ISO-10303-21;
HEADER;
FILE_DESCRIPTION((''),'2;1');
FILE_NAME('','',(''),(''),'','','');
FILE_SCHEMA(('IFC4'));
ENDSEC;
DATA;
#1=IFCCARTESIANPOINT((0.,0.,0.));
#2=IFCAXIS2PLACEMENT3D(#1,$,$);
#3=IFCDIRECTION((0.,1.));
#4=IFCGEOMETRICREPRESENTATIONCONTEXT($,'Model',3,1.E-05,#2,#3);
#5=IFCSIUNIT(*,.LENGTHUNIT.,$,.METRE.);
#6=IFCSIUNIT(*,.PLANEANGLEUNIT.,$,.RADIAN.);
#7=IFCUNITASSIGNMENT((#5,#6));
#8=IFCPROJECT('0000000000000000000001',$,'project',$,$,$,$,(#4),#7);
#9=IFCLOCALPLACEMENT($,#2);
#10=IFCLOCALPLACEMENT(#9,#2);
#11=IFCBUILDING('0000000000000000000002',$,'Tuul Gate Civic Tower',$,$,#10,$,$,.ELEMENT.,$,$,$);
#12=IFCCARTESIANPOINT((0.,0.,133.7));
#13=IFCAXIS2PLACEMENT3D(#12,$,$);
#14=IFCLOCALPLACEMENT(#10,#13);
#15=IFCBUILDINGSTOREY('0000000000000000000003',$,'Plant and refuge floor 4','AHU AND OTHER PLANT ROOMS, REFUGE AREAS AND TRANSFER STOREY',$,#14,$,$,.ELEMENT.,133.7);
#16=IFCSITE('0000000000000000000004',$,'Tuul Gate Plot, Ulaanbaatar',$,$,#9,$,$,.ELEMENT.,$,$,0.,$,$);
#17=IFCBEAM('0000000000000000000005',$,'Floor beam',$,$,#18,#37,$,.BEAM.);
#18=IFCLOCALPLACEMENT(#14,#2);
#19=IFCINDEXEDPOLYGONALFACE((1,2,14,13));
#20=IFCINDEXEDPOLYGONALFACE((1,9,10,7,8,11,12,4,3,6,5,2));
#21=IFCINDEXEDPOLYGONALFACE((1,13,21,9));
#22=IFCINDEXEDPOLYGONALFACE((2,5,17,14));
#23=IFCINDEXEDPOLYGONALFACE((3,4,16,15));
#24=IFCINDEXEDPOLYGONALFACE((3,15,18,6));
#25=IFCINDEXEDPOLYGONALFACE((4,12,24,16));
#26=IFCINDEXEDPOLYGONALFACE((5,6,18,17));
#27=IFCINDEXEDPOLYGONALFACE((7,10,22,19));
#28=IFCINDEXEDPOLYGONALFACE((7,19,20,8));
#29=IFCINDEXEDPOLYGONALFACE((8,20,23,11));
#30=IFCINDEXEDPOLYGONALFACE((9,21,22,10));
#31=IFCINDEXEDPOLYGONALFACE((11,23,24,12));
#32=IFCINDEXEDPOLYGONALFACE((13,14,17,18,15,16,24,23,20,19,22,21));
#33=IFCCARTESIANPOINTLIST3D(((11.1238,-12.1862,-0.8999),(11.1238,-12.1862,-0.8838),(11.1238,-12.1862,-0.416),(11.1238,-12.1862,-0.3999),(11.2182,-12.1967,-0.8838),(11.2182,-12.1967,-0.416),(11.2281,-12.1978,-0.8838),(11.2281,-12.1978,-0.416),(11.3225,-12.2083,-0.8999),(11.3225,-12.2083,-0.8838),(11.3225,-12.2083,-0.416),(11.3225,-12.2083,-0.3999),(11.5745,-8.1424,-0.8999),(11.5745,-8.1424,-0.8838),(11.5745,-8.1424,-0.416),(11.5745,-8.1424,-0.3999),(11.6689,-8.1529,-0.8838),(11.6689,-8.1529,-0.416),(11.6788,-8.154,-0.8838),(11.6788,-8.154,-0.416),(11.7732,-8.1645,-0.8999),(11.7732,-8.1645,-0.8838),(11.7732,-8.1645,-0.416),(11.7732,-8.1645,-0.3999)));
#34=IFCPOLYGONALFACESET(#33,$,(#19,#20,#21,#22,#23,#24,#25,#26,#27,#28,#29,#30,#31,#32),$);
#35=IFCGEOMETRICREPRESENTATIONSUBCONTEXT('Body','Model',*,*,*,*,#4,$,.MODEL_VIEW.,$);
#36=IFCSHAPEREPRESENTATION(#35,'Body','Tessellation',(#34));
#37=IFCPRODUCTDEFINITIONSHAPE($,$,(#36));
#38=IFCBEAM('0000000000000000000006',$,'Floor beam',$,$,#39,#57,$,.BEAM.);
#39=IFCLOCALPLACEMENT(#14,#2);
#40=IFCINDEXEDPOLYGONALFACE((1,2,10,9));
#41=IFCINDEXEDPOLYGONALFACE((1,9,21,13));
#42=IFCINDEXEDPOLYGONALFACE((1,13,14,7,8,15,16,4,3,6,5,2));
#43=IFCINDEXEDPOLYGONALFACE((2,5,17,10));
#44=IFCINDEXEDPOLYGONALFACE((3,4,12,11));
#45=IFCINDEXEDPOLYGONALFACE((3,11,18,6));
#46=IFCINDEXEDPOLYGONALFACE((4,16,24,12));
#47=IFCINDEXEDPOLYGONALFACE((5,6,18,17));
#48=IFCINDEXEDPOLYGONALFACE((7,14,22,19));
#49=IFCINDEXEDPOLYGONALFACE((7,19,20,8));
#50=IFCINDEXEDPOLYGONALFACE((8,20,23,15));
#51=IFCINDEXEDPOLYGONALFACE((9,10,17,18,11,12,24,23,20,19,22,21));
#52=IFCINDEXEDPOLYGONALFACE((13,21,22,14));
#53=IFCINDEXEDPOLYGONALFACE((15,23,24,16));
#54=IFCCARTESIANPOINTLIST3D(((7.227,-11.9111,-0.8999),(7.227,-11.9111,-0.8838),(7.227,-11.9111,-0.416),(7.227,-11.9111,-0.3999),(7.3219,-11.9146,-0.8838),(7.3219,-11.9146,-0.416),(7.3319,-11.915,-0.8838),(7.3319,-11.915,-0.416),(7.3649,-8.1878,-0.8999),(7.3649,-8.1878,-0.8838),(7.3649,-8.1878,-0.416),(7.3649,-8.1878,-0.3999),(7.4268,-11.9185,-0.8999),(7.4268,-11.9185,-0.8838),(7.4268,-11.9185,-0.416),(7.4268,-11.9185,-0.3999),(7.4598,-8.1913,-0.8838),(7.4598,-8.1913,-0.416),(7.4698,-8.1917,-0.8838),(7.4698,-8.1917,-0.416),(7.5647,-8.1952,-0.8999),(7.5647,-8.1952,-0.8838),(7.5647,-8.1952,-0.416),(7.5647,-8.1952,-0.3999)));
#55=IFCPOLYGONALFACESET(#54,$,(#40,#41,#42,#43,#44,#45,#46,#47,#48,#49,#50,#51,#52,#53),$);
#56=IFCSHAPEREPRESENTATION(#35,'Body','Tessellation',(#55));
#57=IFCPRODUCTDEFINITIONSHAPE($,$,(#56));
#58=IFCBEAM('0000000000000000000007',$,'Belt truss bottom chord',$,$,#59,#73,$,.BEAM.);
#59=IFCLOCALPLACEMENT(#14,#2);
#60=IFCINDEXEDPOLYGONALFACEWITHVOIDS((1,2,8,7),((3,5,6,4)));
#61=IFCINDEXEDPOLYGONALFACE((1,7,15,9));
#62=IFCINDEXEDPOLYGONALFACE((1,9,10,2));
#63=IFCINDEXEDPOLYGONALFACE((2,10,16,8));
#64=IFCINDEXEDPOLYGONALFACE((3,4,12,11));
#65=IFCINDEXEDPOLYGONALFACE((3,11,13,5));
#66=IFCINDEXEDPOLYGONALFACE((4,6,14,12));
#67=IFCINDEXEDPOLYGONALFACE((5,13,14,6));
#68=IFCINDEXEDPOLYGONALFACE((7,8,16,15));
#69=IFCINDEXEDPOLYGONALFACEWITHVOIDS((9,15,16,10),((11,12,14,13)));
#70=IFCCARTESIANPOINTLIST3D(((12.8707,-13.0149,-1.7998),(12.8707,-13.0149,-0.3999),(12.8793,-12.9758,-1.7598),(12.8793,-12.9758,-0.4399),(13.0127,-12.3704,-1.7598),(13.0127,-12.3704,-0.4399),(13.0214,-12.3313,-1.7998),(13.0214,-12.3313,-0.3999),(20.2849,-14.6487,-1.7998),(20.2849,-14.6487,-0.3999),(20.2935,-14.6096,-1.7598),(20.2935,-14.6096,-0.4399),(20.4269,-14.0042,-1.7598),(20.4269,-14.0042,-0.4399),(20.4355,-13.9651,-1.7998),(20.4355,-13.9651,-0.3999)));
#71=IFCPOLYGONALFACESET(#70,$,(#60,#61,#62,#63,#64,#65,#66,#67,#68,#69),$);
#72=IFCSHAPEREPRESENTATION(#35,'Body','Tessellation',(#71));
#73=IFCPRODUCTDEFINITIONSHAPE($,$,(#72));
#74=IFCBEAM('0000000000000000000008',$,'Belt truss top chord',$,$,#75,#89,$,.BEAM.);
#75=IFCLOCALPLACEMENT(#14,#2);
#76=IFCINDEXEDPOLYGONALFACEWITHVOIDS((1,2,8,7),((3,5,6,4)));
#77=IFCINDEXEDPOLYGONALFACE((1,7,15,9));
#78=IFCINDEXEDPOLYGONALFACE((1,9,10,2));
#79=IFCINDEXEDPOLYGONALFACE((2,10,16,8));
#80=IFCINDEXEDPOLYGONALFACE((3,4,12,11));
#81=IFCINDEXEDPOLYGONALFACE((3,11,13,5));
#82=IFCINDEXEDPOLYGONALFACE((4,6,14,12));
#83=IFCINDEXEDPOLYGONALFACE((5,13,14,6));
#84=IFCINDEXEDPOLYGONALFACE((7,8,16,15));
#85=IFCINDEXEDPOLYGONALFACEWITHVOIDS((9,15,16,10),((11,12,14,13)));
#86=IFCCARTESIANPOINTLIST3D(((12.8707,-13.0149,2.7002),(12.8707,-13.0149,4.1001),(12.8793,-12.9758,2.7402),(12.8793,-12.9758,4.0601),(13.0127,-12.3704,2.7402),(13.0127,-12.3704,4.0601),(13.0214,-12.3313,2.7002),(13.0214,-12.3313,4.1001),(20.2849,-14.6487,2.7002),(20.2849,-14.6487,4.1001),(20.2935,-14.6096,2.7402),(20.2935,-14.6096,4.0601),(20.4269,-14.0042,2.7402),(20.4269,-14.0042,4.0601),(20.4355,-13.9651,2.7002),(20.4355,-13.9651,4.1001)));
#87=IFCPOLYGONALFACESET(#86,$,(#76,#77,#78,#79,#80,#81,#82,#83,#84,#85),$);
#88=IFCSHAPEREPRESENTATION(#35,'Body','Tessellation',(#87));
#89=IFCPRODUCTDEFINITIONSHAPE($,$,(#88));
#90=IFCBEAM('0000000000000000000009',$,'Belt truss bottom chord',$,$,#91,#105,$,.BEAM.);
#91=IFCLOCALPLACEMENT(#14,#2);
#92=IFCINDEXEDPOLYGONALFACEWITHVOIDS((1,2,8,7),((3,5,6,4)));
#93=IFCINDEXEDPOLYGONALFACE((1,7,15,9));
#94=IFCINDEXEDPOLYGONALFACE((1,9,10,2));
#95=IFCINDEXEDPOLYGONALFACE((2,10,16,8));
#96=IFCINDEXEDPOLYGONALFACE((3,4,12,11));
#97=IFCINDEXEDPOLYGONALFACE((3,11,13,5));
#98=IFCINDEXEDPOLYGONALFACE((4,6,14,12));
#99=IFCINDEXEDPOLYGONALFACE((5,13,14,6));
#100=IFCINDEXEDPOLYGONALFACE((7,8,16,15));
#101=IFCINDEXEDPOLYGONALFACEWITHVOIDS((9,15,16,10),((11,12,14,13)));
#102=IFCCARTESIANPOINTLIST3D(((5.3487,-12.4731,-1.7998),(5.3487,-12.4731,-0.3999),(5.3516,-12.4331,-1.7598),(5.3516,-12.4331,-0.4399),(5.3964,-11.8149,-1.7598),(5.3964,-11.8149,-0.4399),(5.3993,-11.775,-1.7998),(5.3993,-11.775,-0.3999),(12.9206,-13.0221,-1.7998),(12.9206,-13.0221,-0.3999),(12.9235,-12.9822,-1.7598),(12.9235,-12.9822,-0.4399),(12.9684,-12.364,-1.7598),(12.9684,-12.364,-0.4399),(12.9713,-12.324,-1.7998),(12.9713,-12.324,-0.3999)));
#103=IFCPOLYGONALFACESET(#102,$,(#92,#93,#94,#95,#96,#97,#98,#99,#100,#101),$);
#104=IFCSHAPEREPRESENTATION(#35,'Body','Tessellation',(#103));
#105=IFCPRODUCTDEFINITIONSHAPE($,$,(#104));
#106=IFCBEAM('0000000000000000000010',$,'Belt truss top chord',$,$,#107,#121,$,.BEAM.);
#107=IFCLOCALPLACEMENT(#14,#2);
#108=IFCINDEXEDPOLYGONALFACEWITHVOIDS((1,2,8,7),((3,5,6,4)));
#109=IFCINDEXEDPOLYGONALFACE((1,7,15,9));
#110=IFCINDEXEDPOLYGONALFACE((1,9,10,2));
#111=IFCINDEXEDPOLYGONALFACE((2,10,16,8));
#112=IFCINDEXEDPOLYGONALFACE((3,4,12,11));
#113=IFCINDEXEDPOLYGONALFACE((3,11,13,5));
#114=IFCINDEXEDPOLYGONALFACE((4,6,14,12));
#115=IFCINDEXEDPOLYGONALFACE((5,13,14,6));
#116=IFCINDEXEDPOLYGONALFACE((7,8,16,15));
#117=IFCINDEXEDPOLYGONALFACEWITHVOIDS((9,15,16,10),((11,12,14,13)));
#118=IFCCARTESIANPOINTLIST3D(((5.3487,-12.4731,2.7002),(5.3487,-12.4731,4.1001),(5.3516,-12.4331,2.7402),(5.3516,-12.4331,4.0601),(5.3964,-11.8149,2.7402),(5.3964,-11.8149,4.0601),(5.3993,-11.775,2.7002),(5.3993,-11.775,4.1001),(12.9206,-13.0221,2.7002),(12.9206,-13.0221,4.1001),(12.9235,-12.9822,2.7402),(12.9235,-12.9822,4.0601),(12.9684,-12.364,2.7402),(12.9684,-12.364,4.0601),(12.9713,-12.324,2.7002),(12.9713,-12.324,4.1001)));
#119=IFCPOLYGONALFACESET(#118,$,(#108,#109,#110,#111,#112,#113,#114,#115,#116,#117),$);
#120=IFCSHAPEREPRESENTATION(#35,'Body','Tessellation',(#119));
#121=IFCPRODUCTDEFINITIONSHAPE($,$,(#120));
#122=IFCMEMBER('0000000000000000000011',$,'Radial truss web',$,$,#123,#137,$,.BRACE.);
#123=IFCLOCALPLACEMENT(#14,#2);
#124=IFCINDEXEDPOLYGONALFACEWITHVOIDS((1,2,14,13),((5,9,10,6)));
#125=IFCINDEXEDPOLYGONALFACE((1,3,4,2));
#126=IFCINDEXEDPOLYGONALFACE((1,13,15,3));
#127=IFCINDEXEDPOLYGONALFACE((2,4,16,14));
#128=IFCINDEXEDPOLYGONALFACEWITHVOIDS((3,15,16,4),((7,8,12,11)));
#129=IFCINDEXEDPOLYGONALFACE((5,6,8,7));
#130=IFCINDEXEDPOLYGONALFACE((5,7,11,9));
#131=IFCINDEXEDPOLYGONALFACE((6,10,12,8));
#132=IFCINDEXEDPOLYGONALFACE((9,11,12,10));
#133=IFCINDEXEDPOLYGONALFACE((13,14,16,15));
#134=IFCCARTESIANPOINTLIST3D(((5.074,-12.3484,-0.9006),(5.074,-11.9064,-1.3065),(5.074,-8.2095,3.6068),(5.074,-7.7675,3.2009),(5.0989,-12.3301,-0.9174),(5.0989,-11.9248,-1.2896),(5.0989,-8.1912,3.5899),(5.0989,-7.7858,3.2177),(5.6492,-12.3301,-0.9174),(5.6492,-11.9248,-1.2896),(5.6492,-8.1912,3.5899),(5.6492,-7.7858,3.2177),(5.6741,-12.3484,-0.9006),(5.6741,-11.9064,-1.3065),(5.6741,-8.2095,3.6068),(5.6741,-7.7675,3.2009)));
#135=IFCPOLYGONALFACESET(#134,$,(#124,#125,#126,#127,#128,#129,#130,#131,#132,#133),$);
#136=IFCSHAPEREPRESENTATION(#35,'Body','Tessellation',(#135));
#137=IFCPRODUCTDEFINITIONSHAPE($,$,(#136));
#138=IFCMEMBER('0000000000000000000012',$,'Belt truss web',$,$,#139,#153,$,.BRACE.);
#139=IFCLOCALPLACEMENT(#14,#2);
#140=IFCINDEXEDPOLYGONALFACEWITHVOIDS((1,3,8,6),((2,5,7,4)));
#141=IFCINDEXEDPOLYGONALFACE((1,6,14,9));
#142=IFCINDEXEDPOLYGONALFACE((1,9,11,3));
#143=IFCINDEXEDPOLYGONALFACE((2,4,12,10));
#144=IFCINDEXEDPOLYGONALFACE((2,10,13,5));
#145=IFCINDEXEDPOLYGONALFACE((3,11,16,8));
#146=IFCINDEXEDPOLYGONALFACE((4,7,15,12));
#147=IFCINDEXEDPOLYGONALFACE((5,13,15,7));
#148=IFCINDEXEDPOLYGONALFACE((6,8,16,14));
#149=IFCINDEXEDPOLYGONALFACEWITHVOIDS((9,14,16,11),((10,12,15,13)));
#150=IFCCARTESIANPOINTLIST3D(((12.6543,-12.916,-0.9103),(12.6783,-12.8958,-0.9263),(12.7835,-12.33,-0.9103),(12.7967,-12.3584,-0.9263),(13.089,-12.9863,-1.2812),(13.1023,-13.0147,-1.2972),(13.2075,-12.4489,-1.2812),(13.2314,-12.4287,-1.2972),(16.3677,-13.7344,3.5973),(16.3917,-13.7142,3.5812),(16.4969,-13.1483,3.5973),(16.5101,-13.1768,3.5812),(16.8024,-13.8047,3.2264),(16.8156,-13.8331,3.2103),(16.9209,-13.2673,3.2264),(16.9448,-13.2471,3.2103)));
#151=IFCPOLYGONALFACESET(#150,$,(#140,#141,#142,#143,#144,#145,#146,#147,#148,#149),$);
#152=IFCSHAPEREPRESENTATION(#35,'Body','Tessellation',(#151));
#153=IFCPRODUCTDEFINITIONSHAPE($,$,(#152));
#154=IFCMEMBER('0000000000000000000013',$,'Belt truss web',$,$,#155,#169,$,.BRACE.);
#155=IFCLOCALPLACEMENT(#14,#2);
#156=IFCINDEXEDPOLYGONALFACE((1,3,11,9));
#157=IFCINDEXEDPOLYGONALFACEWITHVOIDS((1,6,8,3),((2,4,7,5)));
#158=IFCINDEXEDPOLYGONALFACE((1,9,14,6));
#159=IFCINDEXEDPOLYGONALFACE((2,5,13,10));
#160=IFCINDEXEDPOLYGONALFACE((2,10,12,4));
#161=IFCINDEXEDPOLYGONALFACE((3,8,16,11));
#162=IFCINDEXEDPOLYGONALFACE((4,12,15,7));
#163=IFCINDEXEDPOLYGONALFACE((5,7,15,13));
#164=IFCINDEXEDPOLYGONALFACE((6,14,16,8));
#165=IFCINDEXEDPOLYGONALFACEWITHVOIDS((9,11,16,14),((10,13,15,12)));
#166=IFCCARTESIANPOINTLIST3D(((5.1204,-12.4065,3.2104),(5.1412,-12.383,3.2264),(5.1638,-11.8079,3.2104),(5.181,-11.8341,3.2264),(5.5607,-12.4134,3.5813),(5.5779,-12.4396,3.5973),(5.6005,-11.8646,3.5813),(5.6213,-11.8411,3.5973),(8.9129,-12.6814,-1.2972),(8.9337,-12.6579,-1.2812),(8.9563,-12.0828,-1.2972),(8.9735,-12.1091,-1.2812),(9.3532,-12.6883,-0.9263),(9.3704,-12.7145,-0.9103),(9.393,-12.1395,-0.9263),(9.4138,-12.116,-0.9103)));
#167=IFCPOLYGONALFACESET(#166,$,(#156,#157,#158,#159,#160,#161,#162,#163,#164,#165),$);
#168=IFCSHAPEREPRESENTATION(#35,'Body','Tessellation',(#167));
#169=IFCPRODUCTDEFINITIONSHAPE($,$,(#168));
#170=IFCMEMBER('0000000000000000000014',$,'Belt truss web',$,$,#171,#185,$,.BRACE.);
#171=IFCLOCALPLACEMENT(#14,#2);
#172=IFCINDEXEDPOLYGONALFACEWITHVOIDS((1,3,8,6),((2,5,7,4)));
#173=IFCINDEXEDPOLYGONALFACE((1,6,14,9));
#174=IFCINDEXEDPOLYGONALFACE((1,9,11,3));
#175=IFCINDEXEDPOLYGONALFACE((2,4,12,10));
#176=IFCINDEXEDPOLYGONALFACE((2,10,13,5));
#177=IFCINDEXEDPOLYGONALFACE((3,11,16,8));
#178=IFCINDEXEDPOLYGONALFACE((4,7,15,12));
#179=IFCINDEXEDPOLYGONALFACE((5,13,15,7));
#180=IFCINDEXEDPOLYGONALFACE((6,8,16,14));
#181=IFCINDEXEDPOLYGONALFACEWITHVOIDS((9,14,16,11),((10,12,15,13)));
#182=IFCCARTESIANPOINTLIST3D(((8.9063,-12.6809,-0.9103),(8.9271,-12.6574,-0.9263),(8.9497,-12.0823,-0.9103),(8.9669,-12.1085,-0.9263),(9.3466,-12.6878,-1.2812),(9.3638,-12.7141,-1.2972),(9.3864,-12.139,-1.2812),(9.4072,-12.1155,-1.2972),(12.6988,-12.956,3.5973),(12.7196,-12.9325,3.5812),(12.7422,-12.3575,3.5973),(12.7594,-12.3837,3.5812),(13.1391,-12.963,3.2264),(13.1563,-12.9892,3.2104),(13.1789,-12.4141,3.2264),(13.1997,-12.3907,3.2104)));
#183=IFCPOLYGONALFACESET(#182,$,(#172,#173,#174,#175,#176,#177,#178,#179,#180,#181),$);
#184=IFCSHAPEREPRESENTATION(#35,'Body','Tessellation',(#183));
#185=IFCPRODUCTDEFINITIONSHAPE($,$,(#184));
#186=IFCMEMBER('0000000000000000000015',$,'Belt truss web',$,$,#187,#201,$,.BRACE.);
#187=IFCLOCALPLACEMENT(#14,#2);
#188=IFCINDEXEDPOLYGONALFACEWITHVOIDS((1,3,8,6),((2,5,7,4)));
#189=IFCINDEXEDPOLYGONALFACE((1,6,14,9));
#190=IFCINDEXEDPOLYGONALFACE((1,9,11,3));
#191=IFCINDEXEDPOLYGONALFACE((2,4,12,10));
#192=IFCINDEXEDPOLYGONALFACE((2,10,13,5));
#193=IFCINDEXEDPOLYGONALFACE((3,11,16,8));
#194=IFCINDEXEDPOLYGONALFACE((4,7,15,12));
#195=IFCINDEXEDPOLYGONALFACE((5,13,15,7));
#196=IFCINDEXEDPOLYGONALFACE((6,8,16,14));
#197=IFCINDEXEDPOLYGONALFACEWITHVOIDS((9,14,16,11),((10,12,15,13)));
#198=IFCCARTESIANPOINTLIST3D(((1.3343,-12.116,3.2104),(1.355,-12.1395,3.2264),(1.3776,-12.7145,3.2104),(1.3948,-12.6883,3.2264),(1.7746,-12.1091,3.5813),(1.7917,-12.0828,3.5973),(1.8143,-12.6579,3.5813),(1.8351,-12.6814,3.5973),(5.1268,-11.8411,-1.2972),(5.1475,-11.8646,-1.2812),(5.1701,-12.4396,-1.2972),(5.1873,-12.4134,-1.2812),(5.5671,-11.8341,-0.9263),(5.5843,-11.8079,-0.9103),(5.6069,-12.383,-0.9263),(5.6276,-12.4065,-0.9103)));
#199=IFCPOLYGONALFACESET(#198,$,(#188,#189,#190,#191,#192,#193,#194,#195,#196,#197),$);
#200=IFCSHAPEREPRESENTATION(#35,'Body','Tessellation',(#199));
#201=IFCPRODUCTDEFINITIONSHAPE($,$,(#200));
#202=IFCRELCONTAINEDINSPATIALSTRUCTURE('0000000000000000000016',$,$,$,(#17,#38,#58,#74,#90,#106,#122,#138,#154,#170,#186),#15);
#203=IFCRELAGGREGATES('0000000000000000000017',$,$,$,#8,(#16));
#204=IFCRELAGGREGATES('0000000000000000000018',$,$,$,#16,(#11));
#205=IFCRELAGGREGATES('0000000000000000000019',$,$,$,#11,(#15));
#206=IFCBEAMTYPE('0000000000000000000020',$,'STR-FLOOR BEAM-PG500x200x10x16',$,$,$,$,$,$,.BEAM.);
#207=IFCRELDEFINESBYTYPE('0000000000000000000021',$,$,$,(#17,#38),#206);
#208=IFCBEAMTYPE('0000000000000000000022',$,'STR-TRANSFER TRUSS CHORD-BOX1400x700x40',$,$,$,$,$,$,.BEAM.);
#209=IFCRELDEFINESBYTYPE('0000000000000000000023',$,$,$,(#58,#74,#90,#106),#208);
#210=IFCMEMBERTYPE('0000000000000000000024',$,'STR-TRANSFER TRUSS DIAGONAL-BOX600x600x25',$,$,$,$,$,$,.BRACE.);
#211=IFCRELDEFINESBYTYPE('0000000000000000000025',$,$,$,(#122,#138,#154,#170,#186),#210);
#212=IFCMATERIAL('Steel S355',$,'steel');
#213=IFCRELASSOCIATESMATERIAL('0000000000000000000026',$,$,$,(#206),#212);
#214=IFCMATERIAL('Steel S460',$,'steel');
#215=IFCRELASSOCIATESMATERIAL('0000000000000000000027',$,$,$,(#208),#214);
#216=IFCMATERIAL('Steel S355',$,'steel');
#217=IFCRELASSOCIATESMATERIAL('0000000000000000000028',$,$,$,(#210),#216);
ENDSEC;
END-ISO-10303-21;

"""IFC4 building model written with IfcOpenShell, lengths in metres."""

from ifc_helpers import new_model, si_unit, direction, frame, origin, origin_2d, place, context, subcontext, project, spatial, hollow_rectangle, i_section, extrude, material, material_profile, profile_set, type_object, element, save


model = new_model("IFC4")

# Units and contexts
model_context = context("Model", 3, precision=1e-05, world=origin(), true_north=direction((0.0, 1.0)))
body_context = subcontext(model_context, "Body", "Model", "MODEL_VIEW")
ifc_project = project(units=[si_unit("LENGTHUNIT", "METRE"), si_unit("PLANEANGLEUNIT", "RADIAN")], contexts=[model_context])

# Site, building, storey
site_placement = place(None, origin())
site = spatial("IfcSite", under=ifc_project, at=site_placement, Name="Tuul Gate Plot, Ulaanbaatar", CompositionType="ELEMENT", RefElevation=0.0)
building_placement = place(site_placement, origin())
building = spatial("IfcBuilding", under=site, at=building_placement, Name="Tuul Gate Civic Tower", CompositionType="ELEMENT")
storey_placement = place(building_placement, frame((0.0, 0.0, 133.7)))
storey = spatial("IfcBuildingStorey", under=building, at=storey_placement, Name="Plant and refuge floor 4", Description="AHU AND OTHER PLANT ROOMS, REFUGE AREAS AND TRANSFER STOREY", CompositionType="ELEMENT", Elevation=133.7)

# Beams
ifc_material_1 = material(Name="Steel S355", Category="steel")
ifc_material_profile_1 = material_profile(ifc_material_1, i_section(OverallWidth=0.2, OverallDepth=0.5, WebThickness=0.01, FlangeThickness=0.0161, at=origin_2d()), Name="PG500x200x10x16")
ifc_profile_set_1 = profile_set([ifc_material_profile_1], Name="Steel S355")
beam_type_1 = type_object("IfcBeamType", Name="STR-FLOOR BEAM-PG500x200x10x16", PredefinedType="BEAM", material=ifc_profile_set_1)
beam_1_placement = place(storey_placement, frame((11.2231, -12.1973, -0.6499), z_axis=(0.110767, 0.993846, 0.0), x_axis=(-0.993846, 0.110767, 0.0)))
element("IfcBeam", 1, at=beam_1_placement, inside=storey, type_object=beam_type_1, Name="Floor beam", PredefinedType="BEAM", context=body_context, shape_type="SweptSolid", body=[
    extrude(i_section(OverallWidth=0.2, OverallDepth=0.5, WebThickness=0.01, FlangeThickness=0.0161, at=origin_2d()), origin(), (0.0, 0.0, 1.0), 4.0688),
])
beam_2_placement = place(storey_placement, frame((7.3269, -11.9148, -0.6499), z_axis=(0.037021, 0.999314, 0.0), x_axis=(-0.999314, 0.037021, 0.0)))
element("IfcBeam", 2, at=beam_2_placement, inside=storey, type_object=beam_type_1, Name="Floor beam", PredefinedType="BEAM", context=body_context, shape_type="SweptSolid", body=[
    extrude(i_section(OverallWidth=0.2, OverallDepth=0.5, WebThickness=0.01, FlangeThickness=0.0161, at=origin_2d()), origin(), (0.0, 0.0, 1.0), 3.7258),
])
ifc_material_2 = material(Name="Steel S460", Category="steel")
ifc_material_profile_2 = material_profile(ifc_material_2, hollow_rectangle(XDim=0.7, YDim=1.3999, WallThickness=0.04, at=origin_2d()), Name="BOX1400x700x40")
ifc_profile_set_2 = profile_set([ifc_material_profile_2], Name="Steel S460")
beam_type_2 = type_object("IfcBeamType", Name="STR-TRANSFER TRUSS CHORD-BOX1400x700x40", PredefinedType="BEAM", material=ifc_profile_set_2)
for number, where, z_axis, x_axis, name in (
    (3, (12.946, -12.6731, -1.0999), (0.97657, -0.2152, 0.0), (0.2152, 0.97657, 0.0), "Belt truss bottom chord"),
    (4, (12.946, -12.6731, 3.4001), (0.97657, -0.2152, 0.0), (0.2152, 0.97657, 0.0), "Belt truss top chord"),
):
    element("IfcBeam", number, at=place(storey_placement, frame(where, z_axis=z_axis, x_axis=x_axis)), inside=storey, type_object=beam_type_2, Name=name, PredefinedType="BEAM", context=body_context, shape_type="SweptSolid", body=[
        extrude(hollow_rectangle(XDim=0.7, YDim=1.3999, WallThickness=0.04, at=origin_2d()), origin(), (0.0, 0.0, 1.0), 7.592),
    ])
for number, where, z_axis, x_axis, name in (
    (5, (5.374, -12.124, -1.0999), (0.997381, -0.072323, 0.0), (0.072323, 0.997381, 0.0), "Belt truss bottom chord"),
    (6, (5.374, -12.124, 3.4001), (0.997381, -0.072323, 0.0), (0.072323, 0.997381, 0.0), "Belt truss top chord"),
):
    element("IfcBeam", number, at=place(storey_placement, frame(where, z_axis=z_axis, x_axis=x_axis)), inside=storey, type_object=beam_type_2, Name=name, PredefinedType="BEAM", context=body_context, shape_type="SweptSolid", body=[
        extrude(hollow_rectangle(XDim=0.7, YDim=1.3999, WallThickness=0.04, at=origin_2d()), origin(), (0.0, 0.0, 1.0), 7.5918),
    ])

# Members
ifc_material_3 = material(Name="Steel S355", Category="steel")
ifc_material_profile_3 = material_profile(ifc_material_3, hollow_rectangle(XDim=0.6001, YDim=0.6001, WallThickness=0.0249, at=origin_2d()), Name="BOX600x600x25")
ifc_profile_set_3 = profile_set([ifc_material_profile_3], Name="Steel S355")
member_type_1 = type_object("IfcMemberType", Name="STR-TRANSFER TRUSS DIAGONAL-BOX600x600x25", PredefinedType="BRACE", material=ifc_profile_set_3)
member_placement = place(storey_placement, frame((5.374, -12.1274, -1.1035), z_axis=(0.0, 0.676364, 0.736568), x_axis=(-1.0, 0.0, 0.0)))
element("IfcMember", 7, at=member_placement, inside=storey, type_object=member_type_1, Name="Radial truss web", PredefinedType="BRACE", context=body_context, shape_type="SweptSolid", body=[
    extrude(hollow_rectangle(XDim=0.6001, YDim=0.6001, WallThickness=0.0249, at=origin_2d()), origin(), (0.0, 0.0, 1.0), 6.1194),
])
for number, where, z_axis, x_axis, name in (
    (8, (12.9429, -12.6724, -1.1038), (0.629684, -0.138771, 0.764356), (0.215217, 0.976566, 0.0), "Belt truss web"),
    (9, (9.1633, -12.3987, -1.1038), (-0.643101, 0.046616, 0.764361), (-0.072296, -0.997383, 0.0), "Belt truss web"),
    (10, (9.1567, -12.3982, -1.1038), (0.6431, -0.046657, 0.764359), (0.07236, 0.997379, 0.0), "Belt truss web"),
    (11, (5.3772, -12.1238, -1.1038), (-0.643101, -0.046616, 0.764361), (0.072296, -0.997383, 0.0), "Belt truss web"),
):
    element("IfcMember", number, at=place(storey_placement, frame(where, z_axis=z_axis, x_axis=x_axis)), inside=storey, type_object=member_type_1, Name=name, PredefinedType="BRACE", context=body_context, shape_type="SweptSolid", body=[
        extrude(hollow_rectangle(XDim=0.6001, YDim=0.6001, WallThickness=0.0249, at=origin_2d()), origin(), (0.0, 0.0, 1.0), 5.8972),
    ])

save(model, "model.ifc")
